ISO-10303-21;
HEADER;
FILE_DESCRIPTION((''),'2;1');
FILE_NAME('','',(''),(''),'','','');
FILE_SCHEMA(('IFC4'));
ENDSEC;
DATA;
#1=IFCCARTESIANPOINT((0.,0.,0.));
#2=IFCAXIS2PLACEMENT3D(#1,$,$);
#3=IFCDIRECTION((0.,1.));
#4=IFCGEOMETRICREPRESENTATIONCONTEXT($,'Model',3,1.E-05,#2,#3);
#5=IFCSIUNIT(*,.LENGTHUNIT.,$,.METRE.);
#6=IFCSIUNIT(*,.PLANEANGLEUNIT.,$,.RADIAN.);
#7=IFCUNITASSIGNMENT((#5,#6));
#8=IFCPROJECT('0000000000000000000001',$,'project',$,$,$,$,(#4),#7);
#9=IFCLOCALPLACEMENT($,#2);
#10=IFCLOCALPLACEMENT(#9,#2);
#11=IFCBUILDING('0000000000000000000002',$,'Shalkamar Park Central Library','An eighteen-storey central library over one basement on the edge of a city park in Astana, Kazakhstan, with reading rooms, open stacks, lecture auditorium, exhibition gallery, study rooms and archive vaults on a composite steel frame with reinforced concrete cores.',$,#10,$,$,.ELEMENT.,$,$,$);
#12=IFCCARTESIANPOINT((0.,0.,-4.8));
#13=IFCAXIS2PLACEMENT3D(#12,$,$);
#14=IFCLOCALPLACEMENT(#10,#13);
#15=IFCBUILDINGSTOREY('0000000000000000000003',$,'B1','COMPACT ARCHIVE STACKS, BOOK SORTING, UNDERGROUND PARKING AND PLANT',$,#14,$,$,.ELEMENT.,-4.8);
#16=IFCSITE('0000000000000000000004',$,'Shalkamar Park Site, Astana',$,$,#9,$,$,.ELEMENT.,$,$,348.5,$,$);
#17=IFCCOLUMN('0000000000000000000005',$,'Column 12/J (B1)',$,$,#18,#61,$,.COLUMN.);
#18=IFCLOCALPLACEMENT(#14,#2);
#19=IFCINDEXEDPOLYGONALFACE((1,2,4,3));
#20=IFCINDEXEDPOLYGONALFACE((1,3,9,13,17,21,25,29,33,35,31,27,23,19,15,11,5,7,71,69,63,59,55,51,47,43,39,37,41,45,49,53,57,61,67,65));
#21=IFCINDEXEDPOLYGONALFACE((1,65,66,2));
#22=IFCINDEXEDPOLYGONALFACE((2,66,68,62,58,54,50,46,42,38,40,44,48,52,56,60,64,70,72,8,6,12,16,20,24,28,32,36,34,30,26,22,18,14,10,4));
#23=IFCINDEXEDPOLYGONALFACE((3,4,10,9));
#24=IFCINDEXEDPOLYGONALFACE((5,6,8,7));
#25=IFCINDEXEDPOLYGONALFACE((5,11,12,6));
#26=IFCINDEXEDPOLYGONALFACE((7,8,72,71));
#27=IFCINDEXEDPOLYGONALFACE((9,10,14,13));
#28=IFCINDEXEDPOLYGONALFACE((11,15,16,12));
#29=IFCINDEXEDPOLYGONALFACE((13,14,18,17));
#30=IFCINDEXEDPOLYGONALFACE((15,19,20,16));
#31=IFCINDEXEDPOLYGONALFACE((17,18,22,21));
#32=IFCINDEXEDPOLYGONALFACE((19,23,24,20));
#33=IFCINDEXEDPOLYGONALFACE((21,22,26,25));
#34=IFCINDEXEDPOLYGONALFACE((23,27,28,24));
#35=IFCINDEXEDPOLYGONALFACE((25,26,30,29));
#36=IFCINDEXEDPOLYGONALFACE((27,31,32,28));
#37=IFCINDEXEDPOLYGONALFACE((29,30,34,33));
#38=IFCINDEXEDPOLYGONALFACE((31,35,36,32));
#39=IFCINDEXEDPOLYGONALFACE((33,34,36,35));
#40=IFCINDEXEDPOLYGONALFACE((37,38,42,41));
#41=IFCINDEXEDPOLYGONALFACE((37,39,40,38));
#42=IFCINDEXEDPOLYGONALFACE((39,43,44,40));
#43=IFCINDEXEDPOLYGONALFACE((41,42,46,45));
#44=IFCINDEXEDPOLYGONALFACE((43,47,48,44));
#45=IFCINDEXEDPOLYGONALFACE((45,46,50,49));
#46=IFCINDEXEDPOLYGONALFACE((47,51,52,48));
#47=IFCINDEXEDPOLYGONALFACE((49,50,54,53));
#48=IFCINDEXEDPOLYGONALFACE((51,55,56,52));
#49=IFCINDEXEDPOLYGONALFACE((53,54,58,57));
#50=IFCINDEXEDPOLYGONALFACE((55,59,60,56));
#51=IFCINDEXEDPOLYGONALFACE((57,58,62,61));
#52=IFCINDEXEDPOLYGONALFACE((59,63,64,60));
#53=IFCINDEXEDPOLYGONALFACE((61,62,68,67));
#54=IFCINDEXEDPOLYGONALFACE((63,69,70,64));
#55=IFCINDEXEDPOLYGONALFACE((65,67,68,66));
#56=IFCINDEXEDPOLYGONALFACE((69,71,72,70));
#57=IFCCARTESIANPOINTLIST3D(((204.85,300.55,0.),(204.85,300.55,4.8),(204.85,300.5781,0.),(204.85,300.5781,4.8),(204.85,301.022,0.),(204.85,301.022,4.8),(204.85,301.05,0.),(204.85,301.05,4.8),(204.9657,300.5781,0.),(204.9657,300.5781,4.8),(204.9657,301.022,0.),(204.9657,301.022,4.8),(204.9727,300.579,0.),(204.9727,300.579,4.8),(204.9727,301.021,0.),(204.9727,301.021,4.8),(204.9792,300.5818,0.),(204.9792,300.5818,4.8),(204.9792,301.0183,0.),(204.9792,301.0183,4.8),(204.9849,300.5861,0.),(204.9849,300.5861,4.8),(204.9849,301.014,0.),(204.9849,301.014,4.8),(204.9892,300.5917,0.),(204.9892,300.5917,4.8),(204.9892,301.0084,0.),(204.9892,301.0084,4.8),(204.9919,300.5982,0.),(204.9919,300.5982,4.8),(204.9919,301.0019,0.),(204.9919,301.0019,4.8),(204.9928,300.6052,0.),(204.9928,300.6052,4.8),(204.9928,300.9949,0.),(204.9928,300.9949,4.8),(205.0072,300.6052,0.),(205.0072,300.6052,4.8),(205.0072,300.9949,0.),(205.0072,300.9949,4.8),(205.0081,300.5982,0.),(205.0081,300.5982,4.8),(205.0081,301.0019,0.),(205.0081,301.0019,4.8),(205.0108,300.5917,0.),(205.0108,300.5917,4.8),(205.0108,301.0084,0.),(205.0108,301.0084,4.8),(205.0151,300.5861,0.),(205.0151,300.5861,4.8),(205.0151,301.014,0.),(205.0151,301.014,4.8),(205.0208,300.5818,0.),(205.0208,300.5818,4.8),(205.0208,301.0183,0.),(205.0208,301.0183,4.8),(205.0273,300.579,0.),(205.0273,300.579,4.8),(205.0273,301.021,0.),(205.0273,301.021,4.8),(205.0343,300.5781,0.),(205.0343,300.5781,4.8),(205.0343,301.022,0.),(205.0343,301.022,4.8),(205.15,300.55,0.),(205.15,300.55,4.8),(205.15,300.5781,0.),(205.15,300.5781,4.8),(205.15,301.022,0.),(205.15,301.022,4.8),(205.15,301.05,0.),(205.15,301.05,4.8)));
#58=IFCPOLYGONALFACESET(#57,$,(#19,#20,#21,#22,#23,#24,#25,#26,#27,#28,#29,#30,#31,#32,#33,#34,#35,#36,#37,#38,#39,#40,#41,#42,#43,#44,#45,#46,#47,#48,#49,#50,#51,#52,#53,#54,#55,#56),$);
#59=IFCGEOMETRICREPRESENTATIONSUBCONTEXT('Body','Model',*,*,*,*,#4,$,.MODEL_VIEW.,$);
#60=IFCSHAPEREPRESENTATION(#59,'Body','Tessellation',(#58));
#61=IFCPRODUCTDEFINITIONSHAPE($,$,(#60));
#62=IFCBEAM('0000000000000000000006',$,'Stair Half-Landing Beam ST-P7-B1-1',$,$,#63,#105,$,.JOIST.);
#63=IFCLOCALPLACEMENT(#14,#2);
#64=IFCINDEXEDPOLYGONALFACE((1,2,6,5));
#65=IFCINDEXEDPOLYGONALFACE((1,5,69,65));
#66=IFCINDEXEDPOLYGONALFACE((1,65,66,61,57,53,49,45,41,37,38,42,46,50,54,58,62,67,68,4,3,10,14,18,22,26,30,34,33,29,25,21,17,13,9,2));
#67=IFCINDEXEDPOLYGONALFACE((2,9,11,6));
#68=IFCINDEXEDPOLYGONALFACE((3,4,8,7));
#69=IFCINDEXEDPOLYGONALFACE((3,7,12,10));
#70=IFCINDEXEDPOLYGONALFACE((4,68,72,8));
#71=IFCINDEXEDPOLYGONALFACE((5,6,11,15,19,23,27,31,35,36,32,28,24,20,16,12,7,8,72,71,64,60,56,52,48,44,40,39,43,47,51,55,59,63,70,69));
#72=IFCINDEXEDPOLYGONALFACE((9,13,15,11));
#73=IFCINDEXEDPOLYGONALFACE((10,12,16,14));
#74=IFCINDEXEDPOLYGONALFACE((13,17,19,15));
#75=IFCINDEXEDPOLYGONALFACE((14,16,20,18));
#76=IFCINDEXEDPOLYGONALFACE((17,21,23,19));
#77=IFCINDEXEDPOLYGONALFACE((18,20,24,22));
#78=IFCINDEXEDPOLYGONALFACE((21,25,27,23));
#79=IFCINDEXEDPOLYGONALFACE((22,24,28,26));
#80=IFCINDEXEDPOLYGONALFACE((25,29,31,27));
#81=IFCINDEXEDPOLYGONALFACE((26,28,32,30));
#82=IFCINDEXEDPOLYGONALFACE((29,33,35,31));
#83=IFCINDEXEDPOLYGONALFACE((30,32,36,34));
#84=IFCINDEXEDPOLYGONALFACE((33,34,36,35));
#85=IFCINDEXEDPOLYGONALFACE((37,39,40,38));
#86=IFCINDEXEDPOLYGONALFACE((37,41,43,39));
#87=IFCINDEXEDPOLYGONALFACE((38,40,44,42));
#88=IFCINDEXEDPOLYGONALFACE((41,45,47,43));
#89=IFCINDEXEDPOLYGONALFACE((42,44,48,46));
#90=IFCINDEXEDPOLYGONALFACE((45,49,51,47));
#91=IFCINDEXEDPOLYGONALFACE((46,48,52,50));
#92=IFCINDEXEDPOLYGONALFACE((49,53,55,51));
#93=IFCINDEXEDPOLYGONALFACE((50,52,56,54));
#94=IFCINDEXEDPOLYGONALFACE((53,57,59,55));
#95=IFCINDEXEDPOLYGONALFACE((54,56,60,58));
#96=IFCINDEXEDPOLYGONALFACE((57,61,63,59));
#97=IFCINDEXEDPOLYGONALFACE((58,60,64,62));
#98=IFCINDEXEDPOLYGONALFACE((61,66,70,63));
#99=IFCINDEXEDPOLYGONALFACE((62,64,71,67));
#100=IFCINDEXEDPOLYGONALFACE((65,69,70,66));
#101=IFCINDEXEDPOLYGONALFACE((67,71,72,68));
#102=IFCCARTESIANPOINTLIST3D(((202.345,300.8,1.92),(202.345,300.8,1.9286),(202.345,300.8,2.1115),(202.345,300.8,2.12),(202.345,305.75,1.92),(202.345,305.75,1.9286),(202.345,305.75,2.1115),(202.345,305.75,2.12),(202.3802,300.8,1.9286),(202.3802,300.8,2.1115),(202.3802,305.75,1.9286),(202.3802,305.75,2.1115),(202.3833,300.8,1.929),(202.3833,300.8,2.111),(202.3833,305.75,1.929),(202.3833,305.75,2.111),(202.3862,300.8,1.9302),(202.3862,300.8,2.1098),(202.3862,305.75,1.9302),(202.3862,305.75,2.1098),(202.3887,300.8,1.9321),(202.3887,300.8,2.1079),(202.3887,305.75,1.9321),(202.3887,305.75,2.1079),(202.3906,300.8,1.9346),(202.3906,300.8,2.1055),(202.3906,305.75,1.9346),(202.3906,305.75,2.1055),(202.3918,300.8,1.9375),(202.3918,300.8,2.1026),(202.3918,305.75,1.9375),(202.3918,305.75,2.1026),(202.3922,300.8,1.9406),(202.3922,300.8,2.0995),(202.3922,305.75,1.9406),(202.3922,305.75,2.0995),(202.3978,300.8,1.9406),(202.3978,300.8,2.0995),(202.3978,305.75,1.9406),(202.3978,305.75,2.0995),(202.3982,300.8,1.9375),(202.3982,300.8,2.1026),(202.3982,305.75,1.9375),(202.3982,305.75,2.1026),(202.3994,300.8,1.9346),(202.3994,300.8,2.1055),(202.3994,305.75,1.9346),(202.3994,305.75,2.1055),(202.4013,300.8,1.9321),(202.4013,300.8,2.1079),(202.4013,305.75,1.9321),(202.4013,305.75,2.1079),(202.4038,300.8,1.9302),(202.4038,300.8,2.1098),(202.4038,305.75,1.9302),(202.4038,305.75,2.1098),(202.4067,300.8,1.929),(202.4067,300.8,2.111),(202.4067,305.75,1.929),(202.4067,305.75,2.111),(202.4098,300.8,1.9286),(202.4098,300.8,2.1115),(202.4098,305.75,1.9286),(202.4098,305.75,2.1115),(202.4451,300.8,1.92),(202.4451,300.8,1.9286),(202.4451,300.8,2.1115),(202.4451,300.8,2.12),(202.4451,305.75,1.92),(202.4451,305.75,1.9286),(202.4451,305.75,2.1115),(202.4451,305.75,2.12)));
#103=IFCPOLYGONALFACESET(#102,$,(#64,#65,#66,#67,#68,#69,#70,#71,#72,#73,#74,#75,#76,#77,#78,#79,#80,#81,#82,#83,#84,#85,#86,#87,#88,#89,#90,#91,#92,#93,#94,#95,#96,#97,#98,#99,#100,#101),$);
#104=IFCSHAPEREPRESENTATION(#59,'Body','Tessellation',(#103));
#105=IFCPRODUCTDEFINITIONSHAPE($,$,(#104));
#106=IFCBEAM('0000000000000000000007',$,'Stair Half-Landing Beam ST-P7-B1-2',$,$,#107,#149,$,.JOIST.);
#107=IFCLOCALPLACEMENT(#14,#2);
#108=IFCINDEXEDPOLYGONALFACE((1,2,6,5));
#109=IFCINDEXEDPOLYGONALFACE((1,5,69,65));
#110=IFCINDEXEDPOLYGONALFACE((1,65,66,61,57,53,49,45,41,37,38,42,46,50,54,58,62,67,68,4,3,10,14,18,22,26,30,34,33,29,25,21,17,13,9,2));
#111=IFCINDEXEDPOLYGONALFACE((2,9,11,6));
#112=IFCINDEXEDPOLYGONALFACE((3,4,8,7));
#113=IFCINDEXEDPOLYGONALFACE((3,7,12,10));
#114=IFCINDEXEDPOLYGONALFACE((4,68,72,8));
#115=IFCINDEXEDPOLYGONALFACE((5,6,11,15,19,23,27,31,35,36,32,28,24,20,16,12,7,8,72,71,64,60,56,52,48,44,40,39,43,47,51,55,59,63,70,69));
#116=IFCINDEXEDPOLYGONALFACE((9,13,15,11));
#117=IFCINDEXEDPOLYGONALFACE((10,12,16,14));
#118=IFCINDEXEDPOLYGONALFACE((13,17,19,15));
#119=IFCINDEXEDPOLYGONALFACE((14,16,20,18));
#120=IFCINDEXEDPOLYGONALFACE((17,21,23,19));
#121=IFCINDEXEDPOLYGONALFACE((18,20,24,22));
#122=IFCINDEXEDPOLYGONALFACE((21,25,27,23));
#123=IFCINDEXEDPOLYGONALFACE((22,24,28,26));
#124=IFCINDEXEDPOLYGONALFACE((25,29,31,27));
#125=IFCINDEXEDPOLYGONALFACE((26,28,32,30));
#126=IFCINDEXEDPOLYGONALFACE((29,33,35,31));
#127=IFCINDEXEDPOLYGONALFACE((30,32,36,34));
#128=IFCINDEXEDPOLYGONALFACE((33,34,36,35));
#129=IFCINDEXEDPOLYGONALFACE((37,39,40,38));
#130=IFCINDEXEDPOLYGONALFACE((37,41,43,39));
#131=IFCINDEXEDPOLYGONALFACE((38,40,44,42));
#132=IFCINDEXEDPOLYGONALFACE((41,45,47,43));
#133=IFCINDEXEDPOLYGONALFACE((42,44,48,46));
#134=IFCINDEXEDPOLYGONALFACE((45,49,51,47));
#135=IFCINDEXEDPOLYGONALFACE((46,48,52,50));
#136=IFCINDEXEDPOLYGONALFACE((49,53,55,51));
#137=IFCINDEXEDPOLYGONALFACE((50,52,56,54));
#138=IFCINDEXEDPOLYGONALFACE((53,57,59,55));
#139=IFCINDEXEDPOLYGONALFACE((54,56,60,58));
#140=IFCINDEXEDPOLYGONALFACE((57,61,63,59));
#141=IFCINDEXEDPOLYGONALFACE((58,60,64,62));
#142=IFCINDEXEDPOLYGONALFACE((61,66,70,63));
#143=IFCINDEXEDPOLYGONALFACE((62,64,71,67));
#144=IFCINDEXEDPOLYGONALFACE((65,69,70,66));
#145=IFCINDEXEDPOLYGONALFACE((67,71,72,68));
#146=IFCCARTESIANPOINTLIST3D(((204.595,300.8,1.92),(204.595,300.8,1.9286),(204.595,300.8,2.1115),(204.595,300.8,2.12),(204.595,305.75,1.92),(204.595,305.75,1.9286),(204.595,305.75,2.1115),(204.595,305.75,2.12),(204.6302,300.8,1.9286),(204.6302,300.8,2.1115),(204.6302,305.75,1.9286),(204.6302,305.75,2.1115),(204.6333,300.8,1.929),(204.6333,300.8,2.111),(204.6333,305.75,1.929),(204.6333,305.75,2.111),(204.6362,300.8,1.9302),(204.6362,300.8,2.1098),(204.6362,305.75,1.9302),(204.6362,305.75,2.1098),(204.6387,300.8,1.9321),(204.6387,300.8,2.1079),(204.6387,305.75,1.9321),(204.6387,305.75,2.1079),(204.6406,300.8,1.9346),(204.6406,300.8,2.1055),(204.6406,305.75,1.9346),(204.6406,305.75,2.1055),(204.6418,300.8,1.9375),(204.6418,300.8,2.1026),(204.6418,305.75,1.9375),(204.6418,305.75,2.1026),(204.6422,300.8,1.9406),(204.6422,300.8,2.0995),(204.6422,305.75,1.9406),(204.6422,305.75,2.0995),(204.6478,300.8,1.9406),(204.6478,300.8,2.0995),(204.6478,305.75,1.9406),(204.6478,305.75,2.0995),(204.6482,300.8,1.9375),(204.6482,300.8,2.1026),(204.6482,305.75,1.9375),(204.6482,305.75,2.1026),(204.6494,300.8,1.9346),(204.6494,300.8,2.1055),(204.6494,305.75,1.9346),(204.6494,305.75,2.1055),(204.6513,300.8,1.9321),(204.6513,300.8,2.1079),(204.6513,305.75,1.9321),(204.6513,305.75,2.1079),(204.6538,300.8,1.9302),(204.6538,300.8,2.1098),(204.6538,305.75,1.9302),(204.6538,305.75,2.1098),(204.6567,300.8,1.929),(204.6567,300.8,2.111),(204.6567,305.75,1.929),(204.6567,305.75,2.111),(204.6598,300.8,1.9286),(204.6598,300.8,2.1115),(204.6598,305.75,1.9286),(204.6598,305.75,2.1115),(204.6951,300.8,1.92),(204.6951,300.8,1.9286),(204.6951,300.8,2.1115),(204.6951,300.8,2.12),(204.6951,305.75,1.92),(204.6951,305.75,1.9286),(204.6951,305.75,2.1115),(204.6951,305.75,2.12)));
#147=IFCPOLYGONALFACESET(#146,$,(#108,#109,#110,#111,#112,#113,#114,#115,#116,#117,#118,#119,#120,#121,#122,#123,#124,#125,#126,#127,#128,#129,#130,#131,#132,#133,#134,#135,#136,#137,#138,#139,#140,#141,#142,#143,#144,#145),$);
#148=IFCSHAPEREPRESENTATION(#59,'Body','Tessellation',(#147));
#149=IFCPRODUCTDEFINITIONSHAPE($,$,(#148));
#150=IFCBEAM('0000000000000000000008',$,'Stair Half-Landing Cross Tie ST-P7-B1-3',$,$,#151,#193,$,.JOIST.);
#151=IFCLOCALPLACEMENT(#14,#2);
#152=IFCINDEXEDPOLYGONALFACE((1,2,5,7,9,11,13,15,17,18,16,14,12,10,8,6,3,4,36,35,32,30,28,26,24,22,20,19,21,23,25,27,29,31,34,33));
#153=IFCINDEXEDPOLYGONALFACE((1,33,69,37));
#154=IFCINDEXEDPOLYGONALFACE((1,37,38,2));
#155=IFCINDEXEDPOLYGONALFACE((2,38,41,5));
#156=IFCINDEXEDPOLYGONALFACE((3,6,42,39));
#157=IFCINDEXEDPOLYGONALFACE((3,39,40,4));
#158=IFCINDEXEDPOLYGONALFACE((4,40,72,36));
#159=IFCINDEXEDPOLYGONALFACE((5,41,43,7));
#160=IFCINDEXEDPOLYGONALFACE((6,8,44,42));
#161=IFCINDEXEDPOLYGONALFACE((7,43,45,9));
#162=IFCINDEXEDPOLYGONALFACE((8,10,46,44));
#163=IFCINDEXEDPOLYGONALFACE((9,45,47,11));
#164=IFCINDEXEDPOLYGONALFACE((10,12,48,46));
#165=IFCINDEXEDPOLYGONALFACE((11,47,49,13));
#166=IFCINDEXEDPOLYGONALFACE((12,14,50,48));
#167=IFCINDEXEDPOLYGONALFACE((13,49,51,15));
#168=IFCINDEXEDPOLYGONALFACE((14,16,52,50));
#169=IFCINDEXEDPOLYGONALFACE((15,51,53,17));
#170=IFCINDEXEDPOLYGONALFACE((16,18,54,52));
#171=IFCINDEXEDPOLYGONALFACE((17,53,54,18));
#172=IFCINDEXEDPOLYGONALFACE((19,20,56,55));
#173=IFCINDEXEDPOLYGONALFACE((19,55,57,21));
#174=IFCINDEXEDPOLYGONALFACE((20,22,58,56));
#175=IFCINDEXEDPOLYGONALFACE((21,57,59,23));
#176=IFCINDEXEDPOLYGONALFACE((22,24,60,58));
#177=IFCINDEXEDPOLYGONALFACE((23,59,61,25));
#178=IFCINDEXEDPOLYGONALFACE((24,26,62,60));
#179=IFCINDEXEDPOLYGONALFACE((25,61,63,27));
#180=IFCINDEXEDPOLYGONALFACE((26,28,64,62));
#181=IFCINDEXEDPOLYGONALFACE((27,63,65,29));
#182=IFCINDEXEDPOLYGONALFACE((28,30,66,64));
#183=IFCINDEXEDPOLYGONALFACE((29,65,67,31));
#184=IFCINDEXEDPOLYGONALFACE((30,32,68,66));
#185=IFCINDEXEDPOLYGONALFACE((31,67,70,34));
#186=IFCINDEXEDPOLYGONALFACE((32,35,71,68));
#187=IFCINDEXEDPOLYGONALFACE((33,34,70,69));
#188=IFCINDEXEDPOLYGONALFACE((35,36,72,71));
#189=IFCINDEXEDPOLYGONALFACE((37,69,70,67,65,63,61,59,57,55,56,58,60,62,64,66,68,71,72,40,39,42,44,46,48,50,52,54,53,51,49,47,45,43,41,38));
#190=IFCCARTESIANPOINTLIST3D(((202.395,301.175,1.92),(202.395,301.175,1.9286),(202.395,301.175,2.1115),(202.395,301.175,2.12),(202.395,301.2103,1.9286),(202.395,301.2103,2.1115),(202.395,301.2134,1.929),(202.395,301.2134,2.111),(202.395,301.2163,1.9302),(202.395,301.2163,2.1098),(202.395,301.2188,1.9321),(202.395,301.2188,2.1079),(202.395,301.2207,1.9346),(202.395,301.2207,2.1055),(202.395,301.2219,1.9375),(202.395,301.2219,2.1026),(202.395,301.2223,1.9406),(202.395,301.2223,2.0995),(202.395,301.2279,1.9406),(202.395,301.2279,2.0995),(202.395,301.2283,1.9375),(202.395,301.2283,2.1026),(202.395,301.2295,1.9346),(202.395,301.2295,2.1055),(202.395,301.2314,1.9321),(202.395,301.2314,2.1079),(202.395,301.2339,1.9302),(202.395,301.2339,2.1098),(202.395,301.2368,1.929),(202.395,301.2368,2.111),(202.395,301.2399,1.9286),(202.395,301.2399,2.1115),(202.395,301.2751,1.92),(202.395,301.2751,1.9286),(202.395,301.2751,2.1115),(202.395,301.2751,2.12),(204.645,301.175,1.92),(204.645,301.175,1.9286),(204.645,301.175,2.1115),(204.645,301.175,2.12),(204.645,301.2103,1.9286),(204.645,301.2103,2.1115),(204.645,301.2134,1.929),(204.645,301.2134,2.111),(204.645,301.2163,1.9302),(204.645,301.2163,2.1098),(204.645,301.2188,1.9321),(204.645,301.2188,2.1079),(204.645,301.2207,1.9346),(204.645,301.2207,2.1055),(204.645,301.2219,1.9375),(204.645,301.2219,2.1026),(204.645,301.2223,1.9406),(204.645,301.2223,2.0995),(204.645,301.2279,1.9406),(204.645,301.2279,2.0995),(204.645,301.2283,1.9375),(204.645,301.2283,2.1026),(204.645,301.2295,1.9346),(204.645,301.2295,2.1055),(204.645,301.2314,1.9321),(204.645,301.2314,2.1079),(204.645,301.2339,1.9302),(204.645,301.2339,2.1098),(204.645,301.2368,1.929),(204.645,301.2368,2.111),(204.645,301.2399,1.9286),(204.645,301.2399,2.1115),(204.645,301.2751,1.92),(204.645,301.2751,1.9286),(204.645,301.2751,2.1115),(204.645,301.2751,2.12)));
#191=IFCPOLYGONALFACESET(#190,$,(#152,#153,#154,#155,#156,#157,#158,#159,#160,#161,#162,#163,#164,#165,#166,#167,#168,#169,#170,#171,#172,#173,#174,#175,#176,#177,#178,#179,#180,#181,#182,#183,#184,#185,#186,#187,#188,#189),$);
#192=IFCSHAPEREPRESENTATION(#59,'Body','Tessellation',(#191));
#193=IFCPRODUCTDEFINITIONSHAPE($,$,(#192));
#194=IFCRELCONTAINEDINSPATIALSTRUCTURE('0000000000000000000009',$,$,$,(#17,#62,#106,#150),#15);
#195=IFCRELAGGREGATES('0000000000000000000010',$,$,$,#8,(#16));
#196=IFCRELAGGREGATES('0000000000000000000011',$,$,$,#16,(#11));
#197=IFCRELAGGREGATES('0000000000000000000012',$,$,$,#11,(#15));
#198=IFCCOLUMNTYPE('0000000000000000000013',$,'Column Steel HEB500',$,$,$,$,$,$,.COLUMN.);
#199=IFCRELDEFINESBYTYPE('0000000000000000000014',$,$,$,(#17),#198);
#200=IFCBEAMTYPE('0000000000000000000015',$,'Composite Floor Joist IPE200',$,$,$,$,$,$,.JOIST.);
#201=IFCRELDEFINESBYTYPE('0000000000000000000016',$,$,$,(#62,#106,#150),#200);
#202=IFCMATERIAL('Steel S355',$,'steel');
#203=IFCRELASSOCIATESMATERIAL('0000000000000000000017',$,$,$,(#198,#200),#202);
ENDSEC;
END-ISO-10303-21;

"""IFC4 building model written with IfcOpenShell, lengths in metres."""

from ifc_helpers import new_model, si_unit, direction, frame, origin, origin_2d, place, context, subcontext, project, spatial, i_section, extrude, material, material_profile, profile_set, type_object, element, save


model = new_model("IFC4")

# Units and contexts
model_context = context("Model", 3, precision=1e-05, world=origin(), true_north=direction((0.0, 1.0)))
body_context = subcontext(model_context, "Body", "Model", "MODEL_VIEW")
ifc_project = project(units=[si_unit("LENGTHUNIT", "METRE"), si_unit("PLANEANGLEUNIT", "RADIAN")], contexts=[model_context])

# Site, building, storey
site_placement = place(None, origin())
site = spatial("IfcSite", under=ifc_project, at=site_placement, Name="Shalkamar Park Site, Astana", CompositionType="ELEMENT", RefElevation=348.5)
building_placement = place(site_placement, origin())
building = spatial("IfcBuilding", under=site, at=building_placement, Name="Shalkamar Park Central Library", Description="An eighteen-storey central library over one basement on the edge of a city park in Astana, Kazakhstan, with reading rooms, open stacks, lecture auditorium, exhibition gallery, study rooms and archive vaults on a composite steel frame with reinforced concrete cores.", CompositionType="ELEMENT")
storey_placement = place(building_placement, frame((0.0, 0.0, -4.8)))
storey = spatial("IfcBuildingStorey", under=building, at=storey_placement, Name="B1", Description="COMPACT ARCHIVE STACKS, BOOK SORTING, UNDERGROUND PARKING AND PLANT", CompositionType="ELEMENT", Elevation=-4.8)

# Column
ifc_material_1 = material(Name="Steel S355", Category="steel")
ifc_material_profile_1 = material_profile(ifc_material_1, i_section(OverallWidth=0.3, OverallDepth=0.5, WebThickness=0.0144, FlangeThickness=0.0281, FilletRadius=0.0271, at=origin_2d()), Name="HEB 500")
ifc_profile_set_1 = profile_set([ifc_material_profile_1], Name="Steel S355")
column_type_1 = type_object("IfcColumnType", Name="Column Steel HEB500", PredefinedType="COLUMN", material=ifc_profile_set_1)
column_1_placement = place(storey_placement, frame((205.0, 300.8, 0.0), z_axis=(0.0, 0.0, 1.0), x_axis=(1.0, 0.0, 0.0)))
element("IfcColumn", 1, at=column_1_placement, inside=storey, type_object=column_type_1, Name="Column 12/J (B1)", PredefinedType="COLUMN", context=body_context, shape_type="SweptSolid", body=[
    extrude(i_section(OverallWidth=0.3, OverallDepth=0.5, WebThickness=0.0144, FlangeThickness=0.0281, FilletRadius=0.0271, at=origin_2d()), origin(), (0.0, 0.0, 1.0), 4.8),
])

# Beams
ifc_material_profile_2 = material_profile(ifc_material_1, i_section(OverallWidth=0.1001, OverallDepth=0.2, WebThickness=0.0056, FlangeThickness=0.0085, FilletRadius=0.012, at=origin_2d()), Name="IPE 200")
ifc_profile_set_2 = profile_set([ifc_material_profile_2], Name="Steel S355")
beam_type_1 = type_object("IfcBeamType", Name="Composite Floor Joist IPE200", PredefinedType="JOIST", material=ifc_profile_set_2)
for number, where, z_axis, x_axis, name in (
    (2, (202.395, 300.8, 2.02), (0.0, 1.0, 0.0), (-1.0, 0.0, 0.0), "Stair Half-Landing Beam ST-P7-B1-1"),
    (3, (204.645, 300.8, 2.02), (0.0, 1.0, 0.0), (-1.0, 0.0, 0.0), "Stair Half-Landing Beam ST-P7-B1-2"),
):
    element("IfcBeam", number, at=place(storey_placement, frame(where, z_axis=z_axis, x_axis=x_axis)), inside=storey, type_object=beam_type_1, Name=name, PredefinedType="JOIST", context=body_context, shape_type="SweptSolid", body=[
        extrude(i_section(OverallWidth=0.1001, OverallDepth=0.2, WebThickness=0.0056, FlangeThickness=0.0085, FilletRadius=0.012, at=origin_2d()), origin(), (0.0, 0.0, 1.0), 4.95),
    ])
beam_1_placement = place(storey_placement, frame((202.395, 301.2251, 2.02), z_axis=(1.0, 0.0, 0.0), x_axis=(0.0, 1.0, 0.0)))
element("IfcBeam", 4, at=beam_1_placement, inside=storey, type_object=beam_type_1, Name="Stair Half-Landing Cross Tie ST-P7-B1-3", PredefinedType="JOIST", context=body_context, shape_type="SweptSolid", body=[
    extrude(i_section(OverallWidth=0.1001, OverallDepth=0.2, WebThickness=0.0056, FlangeThickness=0.0085, FilletRadius=0.012, at=origin_2d()), origin(), (0.0, 0.0, 1.0), 2.25),
])

save(model, "model.ifc")
